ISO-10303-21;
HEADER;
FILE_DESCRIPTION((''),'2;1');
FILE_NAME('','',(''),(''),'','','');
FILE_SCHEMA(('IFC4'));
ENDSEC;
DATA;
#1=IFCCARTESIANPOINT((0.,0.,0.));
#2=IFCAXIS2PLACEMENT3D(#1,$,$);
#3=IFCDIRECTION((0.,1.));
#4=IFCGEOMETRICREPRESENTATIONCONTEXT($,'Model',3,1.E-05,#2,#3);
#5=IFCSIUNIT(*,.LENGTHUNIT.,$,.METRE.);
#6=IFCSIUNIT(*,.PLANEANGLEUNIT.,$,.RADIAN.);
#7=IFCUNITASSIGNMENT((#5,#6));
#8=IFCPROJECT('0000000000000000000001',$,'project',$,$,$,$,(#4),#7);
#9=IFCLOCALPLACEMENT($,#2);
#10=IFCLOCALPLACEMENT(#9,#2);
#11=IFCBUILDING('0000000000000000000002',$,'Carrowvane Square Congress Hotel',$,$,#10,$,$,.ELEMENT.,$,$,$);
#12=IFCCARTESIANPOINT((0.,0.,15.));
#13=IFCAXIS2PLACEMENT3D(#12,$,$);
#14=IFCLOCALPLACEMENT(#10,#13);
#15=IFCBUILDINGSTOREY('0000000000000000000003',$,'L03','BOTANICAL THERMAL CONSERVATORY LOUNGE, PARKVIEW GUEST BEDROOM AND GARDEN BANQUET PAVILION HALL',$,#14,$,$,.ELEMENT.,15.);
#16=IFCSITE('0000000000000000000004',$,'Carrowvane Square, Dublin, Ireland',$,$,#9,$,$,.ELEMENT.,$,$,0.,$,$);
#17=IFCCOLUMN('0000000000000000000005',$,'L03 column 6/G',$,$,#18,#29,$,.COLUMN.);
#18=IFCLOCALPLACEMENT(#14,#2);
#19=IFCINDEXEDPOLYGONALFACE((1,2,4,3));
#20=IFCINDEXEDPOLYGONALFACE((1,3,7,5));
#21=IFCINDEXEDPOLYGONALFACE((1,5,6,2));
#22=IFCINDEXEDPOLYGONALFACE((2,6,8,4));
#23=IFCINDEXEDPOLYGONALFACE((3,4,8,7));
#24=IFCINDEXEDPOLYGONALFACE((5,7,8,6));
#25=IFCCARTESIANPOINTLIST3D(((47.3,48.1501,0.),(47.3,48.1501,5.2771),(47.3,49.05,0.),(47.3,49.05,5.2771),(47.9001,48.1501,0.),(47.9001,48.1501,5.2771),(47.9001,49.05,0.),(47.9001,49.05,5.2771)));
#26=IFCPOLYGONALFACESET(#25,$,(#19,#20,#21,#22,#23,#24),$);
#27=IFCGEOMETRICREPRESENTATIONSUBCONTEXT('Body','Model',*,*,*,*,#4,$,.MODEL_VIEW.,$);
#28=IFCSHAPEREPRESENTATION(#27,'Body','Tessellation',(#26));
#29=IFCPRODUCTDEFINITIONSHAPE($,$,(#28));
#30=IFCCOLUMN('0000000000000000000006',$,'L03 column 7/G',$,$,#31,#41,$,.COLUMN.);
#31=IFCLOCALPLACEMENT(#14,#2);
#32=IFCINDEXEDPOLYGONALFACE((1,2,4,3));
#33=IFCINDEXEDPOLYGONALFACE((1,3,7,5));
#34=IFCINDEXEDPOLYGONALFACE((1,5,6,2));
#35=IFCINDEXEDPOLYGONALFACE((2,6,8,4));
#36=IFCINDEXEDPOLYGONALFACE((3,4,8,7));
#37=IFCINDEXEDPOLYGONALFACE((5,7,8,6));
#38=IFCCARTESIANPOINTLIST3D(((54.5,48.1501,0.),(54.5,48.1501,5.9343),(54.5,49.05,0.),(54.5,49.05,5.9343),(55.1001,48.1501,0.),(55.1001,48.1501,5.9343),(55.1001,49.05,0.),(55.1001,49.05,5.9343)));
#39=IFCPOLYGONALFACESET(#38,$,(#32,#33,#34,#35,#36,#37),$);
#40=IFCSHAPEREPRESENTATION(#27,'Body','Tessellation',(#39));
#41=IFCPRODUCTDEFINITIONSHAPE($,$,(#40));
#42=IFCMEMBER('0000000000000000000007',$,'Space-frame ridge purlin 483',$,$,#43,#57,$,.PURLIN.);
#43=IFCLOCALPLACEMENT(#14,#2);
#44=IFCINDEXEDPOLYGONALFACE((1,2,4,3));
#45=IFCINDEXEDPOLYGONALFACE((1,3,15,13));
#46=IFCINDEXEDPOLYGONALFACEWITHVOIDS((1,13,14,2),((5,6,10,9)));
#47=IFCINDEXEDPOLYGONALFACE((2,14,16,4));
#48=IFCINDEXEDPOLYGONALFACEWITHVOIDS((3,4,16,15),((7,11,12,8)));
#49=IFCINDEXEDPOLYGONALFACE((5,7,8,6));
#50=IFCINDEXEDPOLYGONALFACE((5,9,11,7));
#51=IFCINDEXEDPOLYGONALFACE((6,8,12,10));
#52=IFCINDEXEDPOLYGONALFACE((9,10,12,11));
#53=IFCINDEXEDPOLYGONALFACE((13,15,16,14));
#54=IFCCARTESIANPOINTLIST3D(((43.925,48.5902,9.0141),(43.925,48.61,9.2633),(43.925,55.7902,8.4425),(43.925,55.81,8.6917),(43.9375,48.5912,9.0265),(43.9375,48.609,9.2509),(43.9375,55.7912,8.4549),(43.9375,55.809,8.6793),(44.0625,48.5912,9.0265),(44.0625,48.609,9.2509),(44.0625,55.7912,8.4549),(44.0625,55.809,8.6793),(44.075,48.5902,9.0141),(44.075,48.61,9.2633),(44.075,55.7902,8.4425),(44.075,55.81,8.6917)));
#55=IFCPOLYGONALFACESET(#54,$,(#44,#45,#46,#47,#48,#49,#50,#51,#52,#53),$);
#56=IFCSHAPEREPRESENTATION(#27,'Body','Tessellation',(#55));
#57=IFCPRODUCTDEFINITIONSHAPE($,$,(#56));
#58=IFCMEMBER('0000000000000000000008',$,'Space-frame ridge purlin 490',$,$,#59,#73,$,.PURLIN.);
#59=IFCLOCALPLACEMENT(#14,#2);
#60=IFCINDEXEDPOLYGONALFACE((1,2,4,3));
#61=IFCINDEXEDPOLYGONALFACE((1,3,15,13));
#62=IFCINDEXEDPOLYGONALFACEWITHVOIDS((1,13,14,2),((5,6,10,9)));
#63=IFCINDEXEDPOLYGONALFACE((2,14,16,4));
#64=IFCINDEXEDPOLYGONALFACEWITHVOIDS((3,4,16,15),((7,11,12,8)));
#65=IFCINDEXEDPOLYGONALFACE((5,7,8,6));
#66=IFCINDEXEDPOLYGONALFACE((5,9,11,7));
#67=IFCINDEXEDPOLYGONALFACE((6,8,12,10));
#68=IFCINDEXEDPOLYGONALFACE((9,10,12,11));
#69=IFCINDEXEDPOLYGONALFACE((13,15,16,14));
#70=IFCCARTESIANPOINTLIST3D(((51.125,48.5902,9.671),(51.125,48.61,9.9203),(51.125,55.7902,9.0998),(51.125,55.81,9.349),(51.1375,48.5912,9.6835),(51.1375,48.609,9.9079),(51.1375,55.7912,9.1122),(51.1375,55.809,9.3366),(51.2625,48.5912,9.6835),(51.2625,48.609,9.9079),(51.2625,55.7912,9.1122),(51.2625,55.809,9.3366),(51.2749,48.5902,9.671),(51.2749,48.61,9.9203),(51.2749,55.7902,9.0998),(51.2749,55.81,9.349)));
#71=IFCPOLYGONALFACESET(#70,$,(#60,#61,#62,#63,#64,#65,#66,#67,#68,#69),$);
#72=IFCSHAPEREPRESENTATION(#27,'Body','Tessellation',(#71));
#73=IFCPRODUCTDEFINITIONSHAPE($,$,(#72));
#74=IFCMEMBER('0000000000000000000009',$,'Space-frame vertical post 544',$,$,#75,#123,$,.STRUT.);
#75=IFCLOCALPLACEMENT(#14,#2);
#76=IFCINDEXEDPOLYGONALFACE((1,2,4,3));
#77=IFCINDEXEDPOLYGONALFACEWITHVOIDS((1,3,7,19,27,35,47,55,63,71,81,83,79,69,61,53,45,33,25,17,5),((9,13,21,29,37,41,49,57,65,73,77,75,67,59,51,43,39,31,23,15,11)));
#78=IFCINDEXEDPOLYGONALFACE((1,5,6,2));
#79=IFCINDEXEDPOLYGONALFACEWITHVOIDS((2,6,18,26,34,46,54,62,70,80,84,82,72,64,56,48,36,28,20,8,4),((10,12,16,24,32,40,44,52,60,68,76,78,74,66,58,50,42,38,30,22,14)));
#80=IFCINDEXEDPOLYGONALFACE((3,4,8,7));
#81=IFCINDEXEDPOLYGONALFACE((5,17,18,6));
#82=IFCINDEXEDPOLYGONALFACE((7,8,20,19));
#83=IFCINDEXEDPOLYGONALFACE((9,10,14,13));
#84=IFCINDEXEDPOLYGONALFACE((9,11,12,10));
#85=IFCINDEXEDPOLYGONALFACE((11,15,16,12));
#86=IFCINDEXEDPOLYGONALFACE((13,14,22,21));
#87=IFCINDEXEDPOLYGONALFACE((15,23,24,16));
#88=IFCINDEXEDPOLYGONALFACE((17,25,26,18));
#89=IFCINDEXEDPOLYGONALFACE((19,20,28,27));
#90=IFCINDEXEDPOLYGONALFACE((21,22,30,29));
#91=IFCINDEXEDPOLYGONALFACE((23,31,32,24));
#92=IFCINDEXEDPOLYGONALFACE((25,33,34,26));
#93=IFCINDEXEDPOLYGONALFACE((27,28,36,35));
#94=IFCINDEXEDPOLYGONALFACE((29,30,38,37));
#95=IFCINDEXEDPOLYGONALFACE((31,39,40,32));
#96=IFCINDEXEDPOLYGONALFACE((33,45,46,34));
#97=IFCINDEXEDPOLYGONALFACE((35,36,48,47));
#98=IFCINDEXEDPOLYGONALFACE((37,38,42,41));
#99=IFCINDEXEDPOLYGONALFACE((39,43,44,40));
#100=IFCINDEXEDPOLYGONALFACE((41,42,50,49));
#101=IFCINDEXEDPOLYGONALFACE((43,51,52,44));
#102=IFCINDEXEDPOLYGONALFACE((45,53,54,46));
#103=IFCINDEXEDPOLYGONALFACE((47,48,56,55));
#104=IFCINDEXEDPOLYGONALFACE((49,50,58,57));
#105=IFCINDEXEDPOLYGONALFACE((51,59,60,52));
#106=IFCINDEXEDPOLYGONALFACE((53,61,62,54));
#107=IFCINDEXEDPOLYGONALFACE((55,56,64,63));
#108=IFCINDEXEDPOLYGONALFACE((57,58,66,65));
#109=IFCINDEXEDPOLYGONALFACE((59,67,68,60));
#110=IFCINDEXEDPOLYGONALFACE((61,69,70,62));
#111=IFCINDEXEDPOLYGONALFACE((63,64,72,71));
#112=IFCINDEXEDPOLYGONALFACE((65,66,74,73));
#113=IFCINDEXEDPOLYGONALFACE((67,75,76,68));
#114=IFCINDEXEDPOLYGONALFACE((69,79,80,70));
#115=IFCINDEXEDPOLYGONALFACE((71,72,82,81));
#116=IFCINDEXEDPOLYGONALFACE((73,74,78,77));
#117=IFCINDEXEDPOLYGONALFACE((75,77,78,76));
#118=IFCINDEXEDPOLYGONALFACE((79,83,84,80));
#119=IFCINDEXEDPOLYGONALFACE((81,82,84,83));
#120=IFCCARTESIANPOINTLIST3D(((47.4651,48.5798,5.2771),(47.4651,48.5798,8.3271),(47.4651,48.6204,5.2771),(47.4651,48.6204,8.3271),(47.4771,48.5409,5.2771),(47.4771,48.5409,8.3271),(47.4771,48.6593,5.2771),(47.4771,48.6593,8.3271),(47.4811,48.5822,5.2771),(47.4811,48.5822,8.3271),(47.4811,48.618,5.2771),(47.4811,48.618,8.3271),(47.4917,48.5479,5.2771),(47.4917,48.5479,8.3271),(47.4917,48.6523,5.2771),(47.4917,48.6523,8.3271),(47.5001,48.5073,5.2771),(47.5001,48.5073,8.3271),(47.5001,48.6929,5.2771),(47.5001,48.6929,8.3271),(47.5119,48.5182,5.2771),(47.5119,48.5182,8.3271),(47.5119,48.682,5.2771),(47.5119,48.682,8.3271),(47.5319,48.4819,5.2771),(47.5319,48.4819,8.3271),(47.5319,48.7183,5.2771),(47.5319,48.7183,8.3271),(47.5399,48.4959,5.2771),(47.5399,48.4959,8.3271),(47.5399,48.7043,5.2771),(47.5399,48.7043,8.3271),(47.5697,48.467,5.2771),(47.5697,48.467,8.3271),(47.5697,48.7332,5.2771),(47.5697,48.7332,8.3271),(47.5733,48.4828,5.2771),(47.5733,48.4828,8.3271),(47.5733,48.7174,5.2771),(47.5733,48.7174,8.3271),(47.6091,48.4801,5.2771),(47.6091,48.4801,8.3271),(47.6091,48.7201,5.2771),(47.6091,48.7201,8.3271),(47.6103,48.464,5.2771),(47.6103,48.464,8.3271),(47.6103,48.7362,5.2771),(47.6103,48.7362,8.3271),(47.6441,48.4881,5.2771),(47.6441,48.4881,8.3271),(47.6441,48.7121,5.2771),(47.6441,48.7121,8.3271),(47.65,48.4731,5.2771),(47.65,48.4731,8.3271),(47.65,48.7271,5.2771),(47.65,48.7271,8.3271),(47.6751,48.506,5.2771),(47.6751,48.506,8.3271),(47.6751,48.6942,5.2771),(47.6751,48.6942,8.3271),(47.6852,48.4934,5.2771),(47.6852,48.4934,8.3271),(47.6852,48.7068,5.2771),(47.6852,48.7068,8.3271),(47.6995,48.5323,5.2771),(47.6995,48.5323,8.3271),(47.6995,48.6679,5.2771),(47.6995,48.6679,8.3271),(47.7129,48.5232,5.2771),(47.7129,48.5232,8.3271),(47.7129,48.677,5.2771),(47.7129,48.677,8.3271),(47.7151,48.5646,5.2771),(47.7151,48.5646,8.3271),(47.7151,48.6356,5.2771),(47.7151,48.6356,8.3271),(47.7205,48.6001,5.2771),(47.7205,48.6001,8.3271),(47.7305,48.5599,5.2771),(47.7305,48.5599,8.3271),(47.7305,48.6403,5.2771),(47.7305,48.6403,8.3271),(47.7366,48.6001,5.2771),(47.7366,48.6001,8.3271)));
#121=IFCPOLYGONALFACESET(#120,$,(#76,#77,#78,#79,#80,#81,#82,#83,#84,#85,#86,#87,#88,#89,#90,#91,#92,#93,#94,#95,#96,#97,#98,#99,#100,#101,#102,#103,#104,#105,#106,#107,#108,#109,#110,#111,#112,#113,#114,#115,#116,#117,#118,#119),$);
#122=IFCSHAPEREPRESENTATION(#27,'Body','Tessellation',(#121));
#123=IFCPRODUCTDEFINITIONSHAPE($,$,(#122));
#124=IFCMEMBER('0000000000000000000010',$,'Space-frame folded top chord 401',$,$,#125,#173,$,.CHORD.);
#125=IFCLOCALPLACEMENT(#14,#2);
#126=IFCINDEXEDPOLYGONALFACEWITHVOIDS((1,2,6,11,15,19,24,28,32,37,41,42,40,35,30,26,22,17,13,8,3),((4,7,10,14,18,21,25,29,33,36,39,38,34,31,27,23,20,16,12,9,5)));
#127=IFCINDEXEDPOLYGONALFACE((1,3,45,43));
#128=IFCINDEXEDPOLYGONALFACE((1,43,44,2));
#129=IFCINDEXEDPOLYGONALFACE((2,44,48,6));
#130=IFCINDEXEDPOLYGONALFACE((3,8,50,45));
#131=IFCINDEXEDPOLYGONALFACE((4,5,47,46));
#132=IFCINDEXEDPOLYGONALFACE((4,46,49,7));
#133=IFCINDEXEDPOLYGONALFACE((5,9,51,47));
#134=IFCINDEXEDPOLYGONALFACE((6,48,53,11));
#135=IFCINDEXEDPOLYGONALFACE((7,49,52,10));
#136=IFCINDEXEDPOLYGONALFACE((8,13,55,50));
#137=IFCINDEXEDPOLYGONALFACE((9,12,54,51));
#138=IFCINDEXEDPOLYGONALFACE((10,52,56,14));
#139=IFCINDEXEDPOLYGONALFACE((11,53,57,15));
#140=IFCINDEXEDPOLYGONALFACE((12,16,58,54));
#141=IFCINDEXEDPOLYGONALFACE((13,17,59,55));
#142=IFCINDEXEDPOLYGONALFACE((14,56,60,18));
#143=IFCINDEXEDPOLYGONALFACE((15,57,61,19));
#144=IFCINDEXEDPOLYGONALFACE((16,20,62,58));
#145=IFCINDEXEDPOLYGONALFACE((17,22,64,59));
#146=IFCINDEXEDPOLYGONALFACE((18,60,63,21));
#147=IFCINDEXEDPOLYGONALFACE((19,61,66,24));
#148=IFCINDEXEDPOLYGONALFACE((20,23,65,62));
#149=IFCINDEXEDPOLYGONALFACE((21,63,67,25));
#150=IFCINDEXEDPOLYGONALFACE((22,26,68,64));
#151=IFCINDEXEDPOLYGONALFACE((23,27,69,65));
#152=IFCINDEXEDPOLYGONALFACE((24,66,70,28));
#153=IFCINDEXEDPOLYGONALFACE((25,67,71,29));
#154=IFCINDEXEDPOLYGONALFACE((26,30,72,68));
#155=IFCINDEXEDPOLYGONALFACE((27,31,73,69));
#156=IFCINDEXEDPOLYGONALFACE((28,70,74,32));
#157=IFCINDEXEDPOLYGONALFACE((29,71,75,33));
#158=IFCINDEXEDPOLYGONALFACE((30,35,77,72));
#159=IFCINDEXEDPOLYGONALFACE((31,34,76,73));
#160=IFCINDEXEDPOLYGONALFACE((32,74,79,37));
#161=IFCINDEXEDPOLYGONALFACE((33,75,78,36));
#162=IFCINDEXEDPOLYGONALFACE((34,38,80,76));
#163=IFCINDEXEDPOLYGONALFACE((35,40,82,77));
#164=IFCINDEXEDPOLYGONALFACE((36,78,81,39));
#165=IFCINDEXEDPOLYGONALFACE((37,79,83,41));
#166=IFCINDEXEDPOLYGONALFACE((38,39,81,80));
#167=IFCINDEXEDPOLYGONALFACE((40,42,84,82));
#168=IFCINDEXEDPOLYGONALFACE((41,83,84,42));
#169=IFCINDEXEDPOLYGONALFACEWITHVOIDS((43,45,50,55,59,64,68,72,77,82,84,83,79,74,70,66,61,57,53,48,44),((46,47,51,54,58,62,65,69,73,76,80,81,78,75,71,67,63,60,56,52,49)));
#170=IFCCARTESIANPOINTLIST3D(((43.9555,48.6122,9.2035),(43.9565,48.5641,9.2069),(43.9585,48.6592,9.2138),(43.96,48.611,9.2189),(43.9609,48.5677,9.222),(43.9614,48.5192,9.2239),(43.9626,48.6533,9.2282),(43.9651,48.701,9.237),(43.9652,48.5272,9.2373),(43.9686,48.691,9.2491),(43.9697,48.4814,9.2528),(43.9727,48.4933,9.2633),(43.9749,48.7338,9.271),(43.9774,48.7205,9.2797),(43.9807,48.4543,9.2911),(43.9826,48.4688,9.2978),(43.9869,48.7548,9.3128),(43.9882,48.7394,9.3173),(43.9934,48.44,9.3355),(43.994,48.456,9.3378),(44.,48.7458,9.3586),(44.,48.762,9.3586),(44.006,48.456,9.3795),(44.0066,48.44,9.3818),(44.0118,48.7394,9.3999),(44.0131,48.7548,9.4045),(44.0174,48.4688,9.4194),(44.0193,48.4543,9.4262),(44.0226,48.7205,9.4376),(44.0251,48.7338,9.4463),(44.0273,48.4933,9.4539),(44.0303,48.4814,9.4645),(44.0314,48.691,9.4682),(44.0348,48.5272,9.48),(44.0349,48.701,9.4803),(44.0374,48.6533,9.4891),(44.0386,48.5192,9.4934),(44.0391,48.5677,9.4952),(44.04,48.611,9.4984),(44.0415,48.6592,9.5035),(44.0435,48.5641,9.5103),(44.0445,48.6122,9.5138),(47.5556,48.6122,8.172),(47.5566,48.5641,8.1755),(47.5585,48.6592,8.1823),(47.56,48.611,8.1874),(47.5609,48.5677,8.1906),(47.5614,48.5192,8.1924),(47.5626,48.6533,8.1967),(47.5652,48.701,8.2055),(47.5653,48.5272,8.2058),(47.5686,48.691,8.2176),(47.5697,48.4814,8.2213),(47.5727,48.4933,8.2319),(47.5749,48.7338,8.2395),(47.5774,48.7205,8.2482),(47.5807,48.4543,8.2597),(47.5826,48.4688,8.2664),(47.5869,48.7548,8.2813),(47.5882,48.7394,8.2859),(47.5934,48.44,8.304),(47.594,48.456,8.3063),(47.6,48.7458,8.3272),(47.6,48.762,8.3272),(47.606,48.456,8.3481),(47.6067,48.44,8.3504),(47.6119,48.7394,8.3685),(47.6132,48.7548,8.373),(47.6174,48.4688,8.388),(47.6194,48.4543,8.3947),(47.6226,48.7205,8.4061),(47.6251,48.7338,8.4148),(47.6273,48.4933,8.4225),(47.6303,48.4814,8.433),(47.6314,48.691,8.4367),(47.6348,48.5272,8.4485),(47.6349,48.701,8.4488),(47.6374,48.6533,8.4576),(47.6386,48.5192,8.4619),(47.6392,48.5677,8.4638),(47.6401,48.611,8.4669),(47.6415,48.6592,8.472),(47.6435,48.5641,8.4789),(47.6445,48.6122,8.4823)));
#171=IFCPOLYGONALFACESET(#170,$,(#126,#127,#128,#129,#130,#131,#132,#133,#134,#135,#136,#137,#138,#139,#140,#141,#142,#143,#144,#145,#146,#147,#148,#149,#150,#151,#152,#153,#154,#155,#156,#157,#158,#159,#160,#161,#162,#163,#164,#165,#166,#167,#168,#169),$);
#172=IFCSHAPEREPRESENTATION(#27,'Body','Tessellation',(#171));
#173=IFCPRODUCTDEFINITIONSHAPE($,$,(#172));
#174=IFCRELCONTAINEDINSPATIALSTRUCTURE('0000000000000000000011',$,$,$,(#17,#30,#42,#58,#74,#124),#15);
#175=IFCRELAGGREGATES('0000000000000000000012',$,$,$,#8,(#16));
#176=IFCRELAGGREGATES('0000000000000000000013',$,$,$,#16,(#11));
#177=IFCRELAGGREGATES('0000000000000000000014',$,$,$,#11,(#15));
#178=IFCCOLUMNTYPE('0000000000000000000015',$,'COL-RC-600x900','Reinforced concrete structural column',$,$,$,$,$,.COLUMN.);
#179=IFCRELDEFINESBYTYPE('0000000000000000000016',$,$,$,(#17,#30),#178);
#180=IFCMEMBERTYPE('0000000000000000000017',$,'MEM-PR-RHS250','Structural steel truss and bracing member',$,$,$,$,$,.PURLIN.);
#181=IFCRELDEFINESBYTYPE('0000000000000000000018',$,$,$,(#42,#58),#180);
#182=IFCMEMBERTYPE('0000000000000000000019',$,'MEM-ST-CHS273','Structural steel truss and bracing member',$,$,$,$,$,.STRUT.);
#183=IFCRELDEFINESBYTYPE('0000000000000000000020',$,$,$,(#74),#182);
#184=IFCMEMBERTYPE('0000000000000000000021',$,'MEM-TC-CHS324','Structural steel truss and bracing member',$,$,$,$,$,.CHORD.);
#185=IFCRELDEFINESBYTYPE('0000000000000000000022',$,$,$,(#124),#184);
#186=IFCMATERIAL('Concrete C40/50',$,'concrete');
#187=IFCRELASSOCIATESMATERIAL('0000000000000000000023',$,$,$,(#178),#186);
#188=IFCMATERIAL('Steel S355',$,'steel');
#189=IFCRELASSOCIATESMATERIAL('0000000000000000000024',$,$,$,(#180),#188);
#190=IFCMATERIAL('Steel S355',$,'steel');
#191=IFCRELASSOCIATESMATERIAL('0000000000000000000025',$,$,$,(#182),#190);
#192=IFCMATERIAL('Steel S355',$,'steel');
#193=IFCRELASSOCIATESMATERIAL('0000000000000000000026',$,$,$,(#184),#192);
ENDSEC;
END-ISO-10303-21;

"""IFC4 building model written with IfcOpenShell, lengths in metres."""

from ifc_helpers import new_model, si_unit, direction, frame, origin, origin_2d, place, context, subcontext, project, spatial, rectangle, hollow_rectangle, hollow_circle, extrude, material, material_profile, profile_set, type_object, element, save


model = new_model("IFC4")

# Units and contexts
model_context = context("Model", 3, precision=1e-05, world=origin(), true_north=direction((0.0, 1.0)))
body_context = subcontext(model_context, "Body", "Model", "MODEL_VIEW")
ifc_project = project(units=[si_unit("LENGTHUNIT", "METRE"), si_unit("PLANEANGLEUNIT", "RADIAN")], contexts=[model_context])

# Site, building, storey
site_placement = place(None, origin())
site = spatial("IfcSite", under=ifc_project, at=site_placement, Name="Carrowvane Square, Dublin, Ireland", CompositionType="ELEMENT", RefElevation=0.0)
building_placement = place(site_placement, origin())
building = spatial("IfcBuilding", under=site, at=building_placement, Name="Carrowvane Square Congress Hotel", CompositionType="ELEMENT")
storey_placement = place(building_placement, frame((0.0, 0.0, 15.0)))
storey = spatial("IfcBuildingStorey", under=building, at=storey_placement, Name="L03", Description="BOTANICAL THERMAL CONSERVATORY LOUNGE, PARKVIEW GUEST BEDROOM AND GARDEN BANQUET PAVILION HALL", CompositionType="ELEMENT", Elevation=15.0)

# Columns
ifc_material_1 = material(Name="Concrete C40/50", Category="concrete")
ifc_material_profile_1 = material_profile(ifc_material_1, rectangle(XDim=0.6001, YDim=0.8999, at=origin_2d()), Name="RC 600x900")
ifc_profile_set_1 = profile_set([ifc_material_profile_1], Name="Concrete C40/50")
column_type = type_object("IfcColumnType", Name="COL-RC-600x900", Description="Reinforced concrete structural column", PredefinedType="COLUMN", material=ifc_profile_set_1)
column_1_placement = place(storey_placement, frame((47.6001, 48.6001, 0.0), z_axis=(0.0, 0.0, 1.0), x_axis=(1.0, 0.0, 0.0)))
element("IfcColumn", 1, at=column_1_placement, inside=storey, type_object=column_type, Name="L03 column 6/G", PredefinedType="COLUMN", context=body_context, shape_type="SweptSolid", body=[
    extrude(rectangle(XDim=0.6001, YDim=0.8999, at=origin_2d()), origin(), (0.0, 0.0, 1.0), 5.2771),
])
column_2_placement = place(storey_placement, frame((54.8, 48.6001, 0.0), z_axis=(0.0, 0.0, 1.0), x_axis=(1.0, 0.0, 0.0)))
element("IfcColumn", 2, at=column_2_placement, inside=storey, type_object=column_type, Name="L03 column 7/G", PredefinedType="COLUMN", context=body_context, shape_type="SweptSolid", body=[
    extrude(rectangle(XDim=0.6001, YDim=0.8999, at=origin_2d()), origin(), (0.0, 0.0, 1.0), 5.9343),
])

# Members
ifc_material_2 = material(Name="Steel S355", Category="steel")
ifc_material_profile_2 = material_profile(ifc_material_2, hollow_rectangle(XDim=0.1499, YDim=0.25, WallThickness=0.0125, at=origin_2d()), Name="RHS 250x150x12.5")
ifc_profile_set_2 = profile_set([ifc_material_profile_2], Name="Steel S355")
member_type_1 = type_object("IfcMemberType", Name="MEM-PR-RHS250", Description="Structural steel truss and bracing member", PredefinedType="PURLIN", material=ifc_profile_set_2)
for number, where, z_axis, x_axis, name in (
    (3, (44.0, 48.6001, 9.1387), (0.0, 0.996864, -0.079131), (-1.0, 0.0, 0.0), "Space-frame ridge purlin 483"),
    (4, (51.2, 48.6001, 9.7957), (0.0, 0.996867, -0.079098), (-1.0, 0.0, 0.0), "Space-frame ridge purlin 490"),
):
    element("IfcMember", number, at=place(storey_placement, frame(where, z_axis=z_axis, x_axis=x_axis)), inside=storey, type_object=member_type_1, Name=name, PredefinedType="PURLIN", context=body_context, shape_type="SweptSolid", body=[
        extrude(hollow_rectangle(XDim=0.1499, YDim=0.25, WallThickness=0.0125, at=origin_2d()), origin(), (0.0, 0.0, 1.0), 7.2227),
    ])
ifc_material_3 = material(Name="Steel S355", Category="steel")
ifc_material_profile_3 = material_profile(ifc_material_3, hollow_circle(Radius=0.1365, WallThickness=0.0161, at=origin_2d()), Name="CHS 273.0x16")
ifc_profile_set_3 = profile_set([ifc_material_profile_3], Name="Steel S355")
member_type_2 = type_object("IfcMemberType", Name="MEM-ST-CHS273", Description="Structural steel truss and bracing member", PredefinedType="STRUT", material=ifc_profile_set_3)
member_1_placement = place(storey_placement, frame((47.6001, 48.6001, 5.2771), z_axis=(0.0, 0.0, 1.0), x_axis=(1.0, 0.0, 0.0)))
element("IfcMember", 5, at=member_1_placement, inside=storey, type_object=member_type_2, Name="Space-frame vertical post 544", PredefinedType="STRUT", context=body_context, shape_type="SweptSolid", body=[
    extrude(hollow_circle(Radius=0.1365, WallThickness=0.0161, at=origin_2d()), origin(), (0.0, 0.0, 1.0), 3.05),
])
ifc_material_4 = material(Name="Steel S355", Category="steel")
ifc_material_profile_4 = material_profile(ifc_material_4, hollow_circle(Radius=0.1619, WallThickness=0.0161, at=origin_2d()), Name="CHS 323.9x16")
ifc_profile_set_4 = profile_set([ifc_material_profile_4], Name="Steel S355")
member_type_3 = type_object("IfcMemberType", Name="MEM-TC-CHS324", Description="Structural steel truss and bracing member", PredefinedType="CHORD", material=ifc_profile_set_4)
member_2_placement = place(storey_placement, frame((44.0, 48.6001, 9.3586), z_axis=(0.961319, 0.0, -0.275436), x_axis=(0.0, 1.0, 0.0)))
element("IfcMember", 6, at=member_2_placement, inside=storey, type_object=member_type_3, Name="Space-frame folded top chord 401", PredefinedType="CHORD", context=body_context, shape_type="SweptSolid", body=[
    extrude(hollow_circle(Radius=0.1619, WallThickness=0.0161, at=origin_2d()), origin(), (0.0, 0.0, 1.0), 3.7449),
])

save(model, "model.ifc")
